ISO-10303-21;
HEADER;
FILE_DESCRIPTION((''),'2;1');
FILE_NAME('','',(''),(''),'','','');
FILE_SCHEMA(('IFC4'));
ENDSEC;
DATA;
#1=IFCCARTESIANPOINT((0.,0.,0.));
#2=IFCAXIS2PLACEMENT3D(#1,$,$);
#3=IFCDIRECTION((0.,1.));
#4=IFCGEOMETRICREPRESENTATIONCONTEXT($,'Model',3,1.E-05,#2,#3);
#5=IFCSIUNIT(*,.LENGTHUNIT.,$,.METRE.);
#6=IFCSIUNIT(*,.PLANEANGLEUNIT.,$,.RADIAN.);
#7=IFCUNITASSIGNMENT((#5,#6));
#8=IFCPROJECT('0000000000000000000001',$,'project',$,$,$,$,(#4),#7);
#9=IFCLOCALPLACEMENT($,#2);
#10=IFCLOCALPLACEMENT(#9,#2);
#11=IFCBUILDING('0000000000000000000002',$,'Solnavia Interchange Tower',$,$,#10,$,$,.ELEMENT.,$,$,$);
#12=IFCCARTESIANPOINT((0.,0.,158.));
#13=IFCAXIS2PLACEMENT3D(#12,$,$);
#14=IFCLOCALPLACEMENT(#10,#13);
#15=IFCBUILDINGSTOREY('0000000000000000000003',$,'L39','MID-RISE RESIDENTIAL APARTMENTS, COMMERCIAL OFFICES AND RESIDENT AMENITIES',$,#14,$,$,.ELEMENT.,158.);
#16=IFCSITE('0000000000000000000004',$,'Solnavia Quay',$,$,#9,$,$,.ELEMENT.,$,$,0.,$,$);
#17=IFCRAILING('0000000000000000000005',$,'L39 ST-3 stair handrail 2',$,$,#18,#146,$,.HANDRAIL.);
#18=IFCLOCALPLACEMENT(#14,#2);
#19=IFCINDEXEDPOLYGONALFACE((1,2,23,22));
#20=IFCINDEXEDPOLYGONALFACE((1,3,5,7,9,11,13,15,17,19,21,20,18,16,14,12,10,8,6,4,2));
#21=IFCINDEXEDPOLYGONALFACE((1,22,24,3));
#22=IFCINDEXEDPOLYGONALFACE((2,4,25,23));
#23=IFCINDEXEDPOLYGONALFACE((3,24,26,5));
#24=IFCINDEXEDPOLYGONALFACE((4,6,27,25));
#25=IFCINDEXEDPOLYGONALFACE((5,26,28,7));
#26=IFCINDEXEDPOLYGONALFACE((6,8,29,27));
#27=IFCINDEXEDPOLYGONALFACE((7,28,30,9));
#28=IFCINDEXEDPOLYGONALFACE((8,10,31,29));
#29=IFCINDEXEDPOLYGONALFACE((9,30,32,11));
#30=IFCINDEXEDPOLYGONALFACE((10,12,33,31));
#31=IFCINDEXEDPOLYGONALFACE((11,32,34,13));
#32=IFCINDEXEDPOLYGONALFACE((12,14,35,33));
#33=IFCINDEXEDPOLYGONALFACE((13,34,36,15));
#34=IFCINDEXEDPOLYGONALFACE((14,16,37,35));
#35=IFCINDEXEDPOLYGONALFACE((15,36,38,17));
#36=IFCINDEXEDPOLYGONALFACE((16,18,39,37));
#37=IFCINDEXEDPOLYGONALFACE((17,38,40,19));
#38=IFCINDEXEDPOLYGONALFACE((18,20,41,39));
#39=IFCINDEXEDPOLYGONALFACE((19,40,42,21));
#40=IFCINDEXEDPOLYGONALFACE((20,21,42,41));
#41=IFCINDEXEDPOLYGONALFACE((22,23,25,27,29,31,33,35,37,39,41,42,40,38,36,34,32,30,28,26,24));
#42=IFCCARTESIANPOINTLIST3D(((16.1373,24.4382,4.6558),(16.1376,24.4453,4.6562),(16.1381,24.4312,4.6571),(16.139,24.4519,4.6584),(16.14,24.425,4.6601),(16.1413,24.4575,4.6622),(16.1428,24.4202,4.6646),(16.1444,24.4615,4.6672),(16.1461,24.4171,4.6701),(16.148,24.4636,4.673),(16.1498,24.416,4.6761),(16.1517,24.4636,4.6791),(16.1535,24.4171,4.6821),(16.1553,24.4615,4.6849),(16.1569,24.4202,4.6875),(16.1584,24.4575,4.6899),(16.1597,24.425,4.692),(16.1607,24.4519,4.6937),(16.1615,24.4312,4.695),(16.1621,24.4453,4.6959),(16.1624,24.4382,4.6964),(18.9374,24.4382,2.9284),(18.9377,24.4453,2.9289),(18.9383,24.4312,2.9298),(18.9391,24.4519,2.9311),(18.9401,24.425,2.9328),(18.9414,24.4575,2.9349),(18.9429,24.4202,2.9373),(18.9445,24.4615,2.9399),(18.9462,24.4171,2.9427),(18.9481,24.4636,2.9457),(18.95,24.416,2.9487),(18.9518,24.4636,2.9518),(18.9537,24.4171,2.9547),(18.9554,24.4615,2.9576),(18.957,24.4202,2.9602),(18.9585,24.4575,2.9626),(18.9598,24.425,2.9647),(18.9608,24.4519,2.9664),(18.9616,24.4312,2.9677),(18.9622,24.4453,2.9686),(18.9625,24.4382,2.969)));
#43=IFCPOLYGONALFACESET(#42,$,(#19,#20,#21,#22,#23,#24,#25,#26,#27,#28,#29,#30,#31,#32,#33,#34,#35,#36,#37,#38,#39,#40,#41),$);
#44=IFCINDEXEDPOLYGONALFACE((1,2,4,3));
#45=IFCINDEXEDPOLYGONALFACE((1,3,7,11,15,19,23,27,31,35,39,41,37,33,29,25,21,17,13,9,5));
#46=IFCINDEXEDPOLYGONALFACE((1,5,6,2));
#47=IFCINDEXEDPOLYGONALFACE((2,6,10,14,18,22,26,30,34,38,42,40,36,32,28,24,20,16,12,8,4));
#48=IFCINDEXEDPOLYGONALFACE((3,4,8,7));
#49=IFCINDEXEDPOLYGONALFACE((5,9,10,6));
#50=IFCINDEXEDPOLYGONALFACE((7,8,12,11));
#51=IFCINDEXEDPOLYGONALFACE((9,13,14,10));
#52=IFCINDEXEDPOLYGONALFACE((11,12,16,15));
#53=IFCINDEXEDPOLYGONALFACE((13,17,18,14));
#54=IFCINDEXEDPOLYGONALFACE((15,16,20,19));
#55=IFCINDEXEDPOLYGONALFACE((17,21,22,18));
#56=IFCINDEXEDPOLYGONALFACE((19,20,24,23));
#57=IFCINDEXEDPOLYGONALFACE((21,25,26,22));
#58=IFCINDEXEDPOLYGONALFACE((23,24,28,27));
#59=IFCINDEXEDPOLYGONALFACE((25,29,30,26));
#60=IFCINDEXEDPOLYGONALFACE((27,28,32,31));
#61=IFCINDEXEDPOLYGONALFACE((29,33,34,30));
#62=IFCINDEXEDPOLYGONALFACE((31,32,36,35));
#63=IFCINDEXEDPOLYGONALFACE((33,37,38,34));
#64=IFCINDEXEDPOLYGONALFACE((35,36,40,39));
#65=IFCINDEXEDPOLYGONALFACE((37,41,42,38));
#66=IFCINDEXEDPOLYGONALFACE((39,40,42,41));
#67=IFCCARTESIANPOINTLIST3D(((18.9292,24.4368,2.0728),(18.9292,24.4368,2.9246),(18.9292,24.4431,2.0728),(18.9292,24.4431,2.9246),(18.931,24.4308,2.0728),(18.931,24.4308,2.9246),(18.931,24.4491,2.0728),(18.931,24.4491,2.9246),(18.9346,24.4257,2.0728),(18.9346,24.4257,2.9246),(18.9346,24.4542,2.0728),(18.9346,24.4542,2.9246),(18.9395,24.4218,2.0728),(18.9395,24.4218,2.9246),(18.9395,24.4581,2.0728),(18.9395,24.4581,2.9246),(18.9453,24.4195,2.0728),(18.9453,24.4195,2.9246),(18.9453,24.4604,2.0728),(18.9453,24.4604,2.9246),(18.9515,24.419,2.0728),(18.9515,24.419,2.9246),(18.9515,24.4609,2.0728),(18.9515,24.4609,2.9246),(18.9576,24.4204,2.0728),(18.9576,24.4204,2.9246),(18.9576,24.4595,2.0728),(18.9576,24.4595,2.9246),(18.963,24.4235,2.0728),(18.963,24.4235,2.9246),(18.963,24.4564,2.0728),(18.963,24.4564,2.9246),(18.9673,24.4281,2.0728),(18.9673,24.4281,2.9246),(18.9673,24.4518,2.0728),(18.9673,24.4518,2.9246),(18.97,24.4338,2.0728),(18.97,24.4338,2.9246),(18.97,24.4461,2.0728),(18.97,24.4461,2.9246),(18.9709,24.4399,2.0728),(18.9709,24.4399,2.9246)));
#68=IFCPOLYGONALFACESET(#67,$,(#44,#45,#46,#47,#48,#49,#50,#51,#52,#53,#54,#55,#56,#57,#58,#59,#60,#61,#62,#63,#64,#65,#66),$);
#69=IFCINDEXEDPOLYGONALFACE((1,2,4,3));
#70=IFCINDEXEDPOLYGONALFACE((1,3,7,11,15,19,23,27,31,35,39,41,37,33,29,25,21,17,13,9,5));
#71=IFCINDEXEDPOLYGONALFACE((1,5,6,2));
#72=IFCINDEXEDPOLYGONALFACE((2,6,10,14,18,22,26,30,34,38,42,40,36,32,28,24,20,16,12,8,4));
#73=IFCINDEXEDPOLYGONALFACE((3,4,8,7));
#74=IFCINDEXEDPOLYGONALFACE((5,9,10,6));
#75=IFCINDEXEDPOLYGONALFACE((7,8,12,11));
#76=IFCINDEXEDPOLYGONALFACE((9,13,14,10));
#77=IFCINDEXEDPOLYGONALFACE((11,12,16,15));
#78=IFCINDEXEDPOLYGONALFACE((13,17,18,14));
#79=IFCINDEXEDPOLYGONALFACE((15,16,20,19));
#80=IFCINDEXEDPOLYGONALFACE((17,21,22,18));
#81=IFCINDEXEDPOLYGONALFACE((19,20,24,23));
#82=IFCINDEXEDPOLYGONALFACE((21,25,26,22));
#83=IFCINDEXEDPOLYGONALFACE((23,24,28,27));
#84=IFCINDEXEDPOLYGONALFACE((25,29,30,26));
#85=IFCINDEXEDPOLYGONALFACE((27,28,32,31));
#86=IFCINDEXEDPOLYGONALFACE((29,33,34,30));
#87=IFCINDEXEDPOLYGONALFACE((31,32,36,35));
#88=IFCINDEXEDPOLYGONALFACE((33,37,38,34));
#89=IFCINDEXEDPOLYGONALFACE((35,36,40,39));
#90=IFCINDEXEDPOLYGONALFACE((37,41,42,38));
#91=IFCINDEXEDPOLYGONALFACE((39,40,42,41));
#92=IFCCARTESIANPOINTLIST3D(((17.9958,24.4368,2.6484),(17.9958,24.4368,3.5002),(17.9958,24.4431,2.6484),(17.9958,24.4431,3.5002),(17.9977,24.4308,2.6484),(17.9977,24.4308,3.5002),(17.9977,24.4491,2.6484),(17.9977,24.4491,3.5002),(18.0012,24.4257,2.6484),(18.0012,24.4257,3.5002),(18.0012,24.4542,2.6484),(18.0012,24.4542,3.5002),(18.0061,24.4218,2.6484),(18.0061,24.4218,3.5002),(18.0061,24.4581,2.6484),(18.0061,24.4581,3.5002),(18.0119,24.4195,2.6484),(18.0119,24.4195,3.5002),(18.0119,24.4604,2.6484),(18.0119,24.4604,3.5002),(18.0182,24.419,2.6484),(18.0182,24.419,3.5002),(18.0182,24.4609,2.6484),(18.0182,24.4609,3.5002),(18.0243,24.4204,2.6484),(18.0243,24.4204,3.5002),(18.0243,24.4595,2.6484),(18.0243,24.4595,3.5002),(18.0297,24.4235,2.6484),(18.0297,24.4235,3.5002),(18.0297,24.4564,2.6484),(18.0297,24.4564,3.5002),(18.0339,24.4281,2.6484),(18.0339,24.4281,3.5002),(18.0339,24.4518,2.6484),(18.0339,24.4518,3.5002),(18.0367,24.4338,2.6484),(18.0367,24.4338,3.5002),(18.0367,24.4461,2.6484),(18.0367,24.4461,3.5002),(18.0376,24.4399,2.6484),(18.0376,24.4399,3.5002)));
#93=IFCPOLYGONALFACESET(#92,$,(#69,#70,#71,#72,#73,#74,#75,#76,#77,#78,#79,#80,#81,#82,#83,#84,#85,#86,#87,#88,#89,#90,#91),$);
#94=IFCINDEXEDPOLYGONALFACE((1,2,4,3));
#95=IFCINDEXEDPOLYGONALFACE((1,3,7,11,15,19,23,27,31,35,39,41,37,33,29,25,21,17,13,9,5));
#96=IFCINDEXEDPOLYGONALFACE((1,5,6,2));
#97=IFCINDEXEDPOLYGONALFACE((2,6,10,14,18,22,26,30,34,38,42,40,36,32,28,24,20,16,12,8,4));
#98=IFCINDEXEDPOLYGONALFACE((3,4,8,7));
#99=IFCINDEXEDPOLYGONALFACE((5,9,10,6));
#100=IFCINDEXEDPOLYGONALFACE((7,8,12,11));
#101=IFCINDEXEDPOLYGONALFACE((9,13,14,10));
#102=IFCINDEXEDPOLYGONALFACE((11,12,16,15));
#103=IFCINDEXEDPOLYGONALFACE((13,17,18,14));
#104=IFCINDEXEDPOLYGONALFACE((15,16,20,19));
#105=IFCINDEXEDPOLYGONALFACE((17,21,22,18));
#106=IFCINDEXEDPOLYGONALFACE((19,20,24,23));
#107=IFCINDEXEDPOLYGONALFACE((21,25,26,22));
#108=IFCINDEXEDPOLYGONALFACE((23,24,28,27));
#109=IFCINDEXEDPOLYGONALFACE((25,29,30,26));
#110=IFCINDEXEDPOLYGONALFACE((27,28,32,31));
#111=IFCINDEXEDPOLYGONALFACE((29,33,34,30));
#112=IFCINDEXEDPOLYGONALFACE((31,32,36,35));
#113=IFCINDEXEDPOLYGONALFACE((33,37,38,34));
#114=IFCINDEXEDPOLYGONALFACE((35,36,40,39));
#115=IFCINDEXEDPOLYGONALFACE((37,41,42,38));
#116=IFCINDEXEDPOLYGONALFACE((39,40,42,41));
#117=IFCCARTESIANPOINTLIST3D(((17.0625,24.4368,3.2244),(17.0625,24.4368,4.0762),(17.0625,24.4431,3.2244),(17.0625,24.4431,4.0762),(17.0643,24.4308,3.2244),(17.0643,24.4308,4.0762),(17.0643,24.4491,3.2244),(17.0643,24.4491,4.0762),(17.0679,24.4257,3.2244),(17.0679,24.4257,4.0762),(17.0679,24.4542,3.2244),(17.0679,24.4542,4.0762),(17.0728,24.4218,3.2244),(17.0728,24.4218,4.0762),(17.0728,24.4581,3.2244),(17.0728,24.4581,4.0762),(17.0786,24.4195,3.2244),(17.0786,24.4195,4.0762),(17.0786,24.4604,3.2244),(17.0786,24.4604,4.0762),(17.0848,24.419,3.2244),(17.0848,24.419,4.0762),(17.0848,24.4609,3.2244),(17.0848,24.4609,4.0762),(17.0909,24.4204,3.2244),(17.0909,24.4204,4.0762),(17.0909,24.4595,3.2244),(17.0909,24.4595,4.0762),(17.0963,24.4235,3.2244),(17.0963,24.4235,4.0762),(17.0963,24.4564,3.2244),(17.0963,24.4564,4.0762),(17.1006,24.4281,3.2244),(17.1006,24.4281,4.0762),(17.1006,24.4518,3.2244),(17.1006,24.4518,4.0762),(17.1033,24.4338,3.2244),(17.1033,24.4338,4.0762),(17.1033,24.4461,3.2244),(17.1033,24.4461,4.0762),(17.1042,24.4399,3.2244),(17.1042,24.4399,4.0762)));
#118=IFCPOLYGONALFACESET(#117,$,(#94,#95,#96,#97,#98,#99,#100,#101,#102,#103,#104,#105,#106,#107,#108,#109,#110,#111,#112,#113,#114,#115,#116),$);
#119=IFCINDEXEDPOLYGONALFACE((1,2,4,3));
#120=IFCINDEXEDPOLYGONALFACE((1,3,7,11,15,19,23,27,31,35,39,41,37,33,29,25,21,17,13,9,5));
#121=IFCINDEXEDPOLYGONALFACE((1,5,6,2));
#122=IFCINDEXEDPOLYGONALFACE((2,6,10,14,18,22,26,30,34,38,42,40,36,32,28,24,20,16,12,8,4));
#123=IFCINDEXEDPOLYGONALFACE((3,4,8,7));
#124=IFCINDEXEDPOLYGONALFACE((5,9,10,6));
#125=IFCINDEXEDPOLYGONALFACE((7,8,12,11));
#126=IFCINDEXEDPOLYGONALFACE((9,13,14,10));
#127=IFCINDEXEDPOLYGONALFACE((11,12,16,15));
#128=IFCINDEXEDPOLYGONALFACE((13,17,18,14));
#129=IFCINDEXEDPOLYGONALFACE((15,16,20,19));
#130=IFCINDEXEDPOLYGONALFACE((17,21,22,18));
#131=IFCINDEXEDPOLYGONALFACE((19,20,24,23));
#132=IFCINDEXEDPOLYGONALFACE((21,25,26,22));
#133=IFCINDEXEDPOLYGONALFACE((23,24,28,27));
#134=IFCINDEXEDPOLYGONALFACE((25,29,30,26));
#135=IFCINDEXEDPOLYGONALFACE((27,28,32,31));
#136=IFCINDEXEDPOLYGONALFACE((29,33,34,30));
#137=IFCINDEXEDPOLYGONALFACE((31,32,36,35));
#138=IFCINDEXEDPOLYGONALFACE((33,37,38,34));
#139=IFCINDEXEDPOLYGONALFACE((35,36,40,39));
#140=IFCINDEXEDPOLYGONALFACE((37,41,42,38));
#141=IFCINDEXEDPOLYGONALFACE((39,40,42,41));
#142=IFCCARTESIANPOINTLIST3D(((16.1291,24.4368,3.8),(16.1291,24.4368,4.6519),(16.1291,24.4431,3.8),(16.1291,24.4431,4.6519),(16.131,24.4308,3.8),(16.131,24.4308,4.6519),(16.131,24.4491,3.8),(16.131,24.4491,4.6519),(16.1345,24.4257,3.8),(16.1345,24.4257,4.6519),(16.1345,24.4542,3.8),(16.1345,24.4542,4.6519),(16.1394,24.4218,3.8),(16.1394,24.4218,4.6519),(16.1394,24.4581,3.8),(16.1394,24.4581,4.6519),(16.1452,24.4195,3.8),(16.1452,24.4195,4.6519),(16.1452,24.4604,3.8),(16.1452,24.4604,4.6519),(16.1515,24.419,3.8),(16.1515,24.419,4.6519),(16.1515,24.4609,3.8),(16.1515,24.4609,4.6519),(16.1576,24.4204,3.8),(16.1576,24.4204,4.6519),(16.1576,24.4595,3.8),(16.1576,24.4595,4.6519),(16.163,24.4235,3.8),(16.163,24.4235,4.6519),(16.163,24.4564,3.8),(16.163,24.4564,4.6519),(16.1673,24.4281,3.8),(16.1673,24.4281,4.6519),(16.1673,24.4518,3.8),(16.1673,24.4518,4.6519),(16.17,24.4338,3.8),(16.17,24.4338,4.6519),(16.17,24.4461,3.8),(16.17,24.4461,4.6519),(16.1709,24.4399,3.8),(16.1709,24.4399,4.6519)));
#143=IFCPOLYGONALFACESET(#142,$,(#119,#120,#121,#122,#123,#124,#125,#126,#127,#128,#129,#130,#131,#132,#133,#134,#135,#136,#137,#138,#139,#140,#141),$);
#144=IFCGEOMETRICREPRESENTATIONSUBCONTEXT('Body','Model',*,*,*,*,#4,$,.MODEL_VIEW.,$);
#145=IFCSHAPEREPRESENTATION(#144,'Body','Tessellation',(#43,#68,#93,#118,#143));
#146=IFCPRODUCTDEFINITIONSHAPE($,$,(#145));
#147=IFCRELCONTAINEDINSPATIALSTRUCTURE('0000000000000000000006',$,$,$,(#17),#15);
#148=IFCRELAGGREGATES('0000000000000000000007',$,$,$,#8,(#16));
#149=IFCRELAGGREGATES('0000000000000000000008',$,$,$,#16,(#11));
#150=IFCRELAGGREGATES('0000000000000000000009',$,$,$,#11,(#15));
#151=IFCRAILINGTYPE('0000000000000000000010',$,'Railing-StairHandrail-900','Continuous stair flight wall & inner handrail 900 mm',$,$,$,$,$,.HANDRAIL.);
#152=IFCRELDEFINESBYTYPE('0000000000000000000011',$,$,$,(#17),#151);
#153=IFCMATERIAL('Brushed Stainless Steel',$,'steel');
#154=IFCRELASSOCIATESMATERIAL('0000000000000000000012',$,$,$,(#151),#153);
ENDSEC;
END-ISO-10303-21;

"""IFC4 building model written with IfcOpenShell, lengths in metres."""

from ifc_helpers import new_model, si_unit, direction, frame, origin, origin_2d, place, context, subcontext, project, spatial, circle, extrude, material, type_object, element, save


model = new_model("IFC4")

# Units and contexts
model_context = context("Model", 3, precision=1e-05, world=origin(), true_north=direction((0.0, 1.0)))
body_context = subcontext(model_context, "Body", "Model", "MODEL_VIEW")
ifc_project = project(units=[si_unit("LENGTHUNIT", "METRE"), si_unit("PLANEANGLEUNIT", "RADIAN")], contexts=[model_context])

# Site, building, storey
site_placement = place(None, origin())
site = spatial("IfcSite", under=ifc_project, at=site_placement, Name="Solnavia Quay", CompositionType="ELEMENT", RefElevation=0.0)
building_placement = place(site_placement, origin())
building = spatial("IfcBuilding", under=site, at=building_placement, Name="Solnavia Interchange Tower", CompositionType="ELEMENT")
storey_placement = place(building_placement, frame((0.0, 0.0, 158.0)))
storey = spatial("IfcBuildingStorey", under=building, at=storey_placement, Name="L39", Description="MID-RISE RESIDENTIAL APARTMENTS, COMMERCIAL OFFICES AND RESIDENT AMENITIES", CompositionType="ELEMENT", Elevation=158.0)

# Railing
ifc_material_1 = material(Name="Brushed Stainless Steel", Category="steel")
railing_type_1 = type_object("IfcRailingType", Name="Railing-StairHandrail-900", Description="Continuous stair flight wall & inner handrail 900 mm", PredefinedType="HANDRAIL", material=ifc_material_1)
railing_1_placement = place(storey_placement, frame((18.95, 24.4399, 2.0728)))
element("IfcRailing", 1, at=railing_1_placement, inside=storey, type_object=railing_type_1, Name="L39 ST-3 stair handrail 2", PredefinedType="HANDRAIL", context=body_context, shape_type="SweptSolid", body=[
    extrude(circle(Radius=0.0239, at=origin_2d()), frame((0.0, 0.0, 0.876), z_axis=(-0.85109, 0.0, 0.52502), x_axis=(0.0, -1.0, 0.0)), (0.0, 0.0, 1.0), 3.29),
    extrude(circle(Radius=0.021, at=origin_2d()), origin(), (0.0, 0.0, 1.0), 0.8518),
    extrude(circle(Radius=0.021, at=origin_2d()), frame((-0.9333, 0.0, 0.5757)), (0.0, 0.0, 1.0), 0.8518),
    extrude(circle(Radius=0.021, at=origin_2d()), frame((-1.8667, 0.0, 1.1516)), (0.0, 0.0, 1.0), 0.8518),
    extrude(circle(Radius=0.021, at=origin_2d()), frame((-2.8, 0.0, 1.7273)), (0.0, 0.0, 1.0), 0.8518),
])

save(model, "model.ifc")
